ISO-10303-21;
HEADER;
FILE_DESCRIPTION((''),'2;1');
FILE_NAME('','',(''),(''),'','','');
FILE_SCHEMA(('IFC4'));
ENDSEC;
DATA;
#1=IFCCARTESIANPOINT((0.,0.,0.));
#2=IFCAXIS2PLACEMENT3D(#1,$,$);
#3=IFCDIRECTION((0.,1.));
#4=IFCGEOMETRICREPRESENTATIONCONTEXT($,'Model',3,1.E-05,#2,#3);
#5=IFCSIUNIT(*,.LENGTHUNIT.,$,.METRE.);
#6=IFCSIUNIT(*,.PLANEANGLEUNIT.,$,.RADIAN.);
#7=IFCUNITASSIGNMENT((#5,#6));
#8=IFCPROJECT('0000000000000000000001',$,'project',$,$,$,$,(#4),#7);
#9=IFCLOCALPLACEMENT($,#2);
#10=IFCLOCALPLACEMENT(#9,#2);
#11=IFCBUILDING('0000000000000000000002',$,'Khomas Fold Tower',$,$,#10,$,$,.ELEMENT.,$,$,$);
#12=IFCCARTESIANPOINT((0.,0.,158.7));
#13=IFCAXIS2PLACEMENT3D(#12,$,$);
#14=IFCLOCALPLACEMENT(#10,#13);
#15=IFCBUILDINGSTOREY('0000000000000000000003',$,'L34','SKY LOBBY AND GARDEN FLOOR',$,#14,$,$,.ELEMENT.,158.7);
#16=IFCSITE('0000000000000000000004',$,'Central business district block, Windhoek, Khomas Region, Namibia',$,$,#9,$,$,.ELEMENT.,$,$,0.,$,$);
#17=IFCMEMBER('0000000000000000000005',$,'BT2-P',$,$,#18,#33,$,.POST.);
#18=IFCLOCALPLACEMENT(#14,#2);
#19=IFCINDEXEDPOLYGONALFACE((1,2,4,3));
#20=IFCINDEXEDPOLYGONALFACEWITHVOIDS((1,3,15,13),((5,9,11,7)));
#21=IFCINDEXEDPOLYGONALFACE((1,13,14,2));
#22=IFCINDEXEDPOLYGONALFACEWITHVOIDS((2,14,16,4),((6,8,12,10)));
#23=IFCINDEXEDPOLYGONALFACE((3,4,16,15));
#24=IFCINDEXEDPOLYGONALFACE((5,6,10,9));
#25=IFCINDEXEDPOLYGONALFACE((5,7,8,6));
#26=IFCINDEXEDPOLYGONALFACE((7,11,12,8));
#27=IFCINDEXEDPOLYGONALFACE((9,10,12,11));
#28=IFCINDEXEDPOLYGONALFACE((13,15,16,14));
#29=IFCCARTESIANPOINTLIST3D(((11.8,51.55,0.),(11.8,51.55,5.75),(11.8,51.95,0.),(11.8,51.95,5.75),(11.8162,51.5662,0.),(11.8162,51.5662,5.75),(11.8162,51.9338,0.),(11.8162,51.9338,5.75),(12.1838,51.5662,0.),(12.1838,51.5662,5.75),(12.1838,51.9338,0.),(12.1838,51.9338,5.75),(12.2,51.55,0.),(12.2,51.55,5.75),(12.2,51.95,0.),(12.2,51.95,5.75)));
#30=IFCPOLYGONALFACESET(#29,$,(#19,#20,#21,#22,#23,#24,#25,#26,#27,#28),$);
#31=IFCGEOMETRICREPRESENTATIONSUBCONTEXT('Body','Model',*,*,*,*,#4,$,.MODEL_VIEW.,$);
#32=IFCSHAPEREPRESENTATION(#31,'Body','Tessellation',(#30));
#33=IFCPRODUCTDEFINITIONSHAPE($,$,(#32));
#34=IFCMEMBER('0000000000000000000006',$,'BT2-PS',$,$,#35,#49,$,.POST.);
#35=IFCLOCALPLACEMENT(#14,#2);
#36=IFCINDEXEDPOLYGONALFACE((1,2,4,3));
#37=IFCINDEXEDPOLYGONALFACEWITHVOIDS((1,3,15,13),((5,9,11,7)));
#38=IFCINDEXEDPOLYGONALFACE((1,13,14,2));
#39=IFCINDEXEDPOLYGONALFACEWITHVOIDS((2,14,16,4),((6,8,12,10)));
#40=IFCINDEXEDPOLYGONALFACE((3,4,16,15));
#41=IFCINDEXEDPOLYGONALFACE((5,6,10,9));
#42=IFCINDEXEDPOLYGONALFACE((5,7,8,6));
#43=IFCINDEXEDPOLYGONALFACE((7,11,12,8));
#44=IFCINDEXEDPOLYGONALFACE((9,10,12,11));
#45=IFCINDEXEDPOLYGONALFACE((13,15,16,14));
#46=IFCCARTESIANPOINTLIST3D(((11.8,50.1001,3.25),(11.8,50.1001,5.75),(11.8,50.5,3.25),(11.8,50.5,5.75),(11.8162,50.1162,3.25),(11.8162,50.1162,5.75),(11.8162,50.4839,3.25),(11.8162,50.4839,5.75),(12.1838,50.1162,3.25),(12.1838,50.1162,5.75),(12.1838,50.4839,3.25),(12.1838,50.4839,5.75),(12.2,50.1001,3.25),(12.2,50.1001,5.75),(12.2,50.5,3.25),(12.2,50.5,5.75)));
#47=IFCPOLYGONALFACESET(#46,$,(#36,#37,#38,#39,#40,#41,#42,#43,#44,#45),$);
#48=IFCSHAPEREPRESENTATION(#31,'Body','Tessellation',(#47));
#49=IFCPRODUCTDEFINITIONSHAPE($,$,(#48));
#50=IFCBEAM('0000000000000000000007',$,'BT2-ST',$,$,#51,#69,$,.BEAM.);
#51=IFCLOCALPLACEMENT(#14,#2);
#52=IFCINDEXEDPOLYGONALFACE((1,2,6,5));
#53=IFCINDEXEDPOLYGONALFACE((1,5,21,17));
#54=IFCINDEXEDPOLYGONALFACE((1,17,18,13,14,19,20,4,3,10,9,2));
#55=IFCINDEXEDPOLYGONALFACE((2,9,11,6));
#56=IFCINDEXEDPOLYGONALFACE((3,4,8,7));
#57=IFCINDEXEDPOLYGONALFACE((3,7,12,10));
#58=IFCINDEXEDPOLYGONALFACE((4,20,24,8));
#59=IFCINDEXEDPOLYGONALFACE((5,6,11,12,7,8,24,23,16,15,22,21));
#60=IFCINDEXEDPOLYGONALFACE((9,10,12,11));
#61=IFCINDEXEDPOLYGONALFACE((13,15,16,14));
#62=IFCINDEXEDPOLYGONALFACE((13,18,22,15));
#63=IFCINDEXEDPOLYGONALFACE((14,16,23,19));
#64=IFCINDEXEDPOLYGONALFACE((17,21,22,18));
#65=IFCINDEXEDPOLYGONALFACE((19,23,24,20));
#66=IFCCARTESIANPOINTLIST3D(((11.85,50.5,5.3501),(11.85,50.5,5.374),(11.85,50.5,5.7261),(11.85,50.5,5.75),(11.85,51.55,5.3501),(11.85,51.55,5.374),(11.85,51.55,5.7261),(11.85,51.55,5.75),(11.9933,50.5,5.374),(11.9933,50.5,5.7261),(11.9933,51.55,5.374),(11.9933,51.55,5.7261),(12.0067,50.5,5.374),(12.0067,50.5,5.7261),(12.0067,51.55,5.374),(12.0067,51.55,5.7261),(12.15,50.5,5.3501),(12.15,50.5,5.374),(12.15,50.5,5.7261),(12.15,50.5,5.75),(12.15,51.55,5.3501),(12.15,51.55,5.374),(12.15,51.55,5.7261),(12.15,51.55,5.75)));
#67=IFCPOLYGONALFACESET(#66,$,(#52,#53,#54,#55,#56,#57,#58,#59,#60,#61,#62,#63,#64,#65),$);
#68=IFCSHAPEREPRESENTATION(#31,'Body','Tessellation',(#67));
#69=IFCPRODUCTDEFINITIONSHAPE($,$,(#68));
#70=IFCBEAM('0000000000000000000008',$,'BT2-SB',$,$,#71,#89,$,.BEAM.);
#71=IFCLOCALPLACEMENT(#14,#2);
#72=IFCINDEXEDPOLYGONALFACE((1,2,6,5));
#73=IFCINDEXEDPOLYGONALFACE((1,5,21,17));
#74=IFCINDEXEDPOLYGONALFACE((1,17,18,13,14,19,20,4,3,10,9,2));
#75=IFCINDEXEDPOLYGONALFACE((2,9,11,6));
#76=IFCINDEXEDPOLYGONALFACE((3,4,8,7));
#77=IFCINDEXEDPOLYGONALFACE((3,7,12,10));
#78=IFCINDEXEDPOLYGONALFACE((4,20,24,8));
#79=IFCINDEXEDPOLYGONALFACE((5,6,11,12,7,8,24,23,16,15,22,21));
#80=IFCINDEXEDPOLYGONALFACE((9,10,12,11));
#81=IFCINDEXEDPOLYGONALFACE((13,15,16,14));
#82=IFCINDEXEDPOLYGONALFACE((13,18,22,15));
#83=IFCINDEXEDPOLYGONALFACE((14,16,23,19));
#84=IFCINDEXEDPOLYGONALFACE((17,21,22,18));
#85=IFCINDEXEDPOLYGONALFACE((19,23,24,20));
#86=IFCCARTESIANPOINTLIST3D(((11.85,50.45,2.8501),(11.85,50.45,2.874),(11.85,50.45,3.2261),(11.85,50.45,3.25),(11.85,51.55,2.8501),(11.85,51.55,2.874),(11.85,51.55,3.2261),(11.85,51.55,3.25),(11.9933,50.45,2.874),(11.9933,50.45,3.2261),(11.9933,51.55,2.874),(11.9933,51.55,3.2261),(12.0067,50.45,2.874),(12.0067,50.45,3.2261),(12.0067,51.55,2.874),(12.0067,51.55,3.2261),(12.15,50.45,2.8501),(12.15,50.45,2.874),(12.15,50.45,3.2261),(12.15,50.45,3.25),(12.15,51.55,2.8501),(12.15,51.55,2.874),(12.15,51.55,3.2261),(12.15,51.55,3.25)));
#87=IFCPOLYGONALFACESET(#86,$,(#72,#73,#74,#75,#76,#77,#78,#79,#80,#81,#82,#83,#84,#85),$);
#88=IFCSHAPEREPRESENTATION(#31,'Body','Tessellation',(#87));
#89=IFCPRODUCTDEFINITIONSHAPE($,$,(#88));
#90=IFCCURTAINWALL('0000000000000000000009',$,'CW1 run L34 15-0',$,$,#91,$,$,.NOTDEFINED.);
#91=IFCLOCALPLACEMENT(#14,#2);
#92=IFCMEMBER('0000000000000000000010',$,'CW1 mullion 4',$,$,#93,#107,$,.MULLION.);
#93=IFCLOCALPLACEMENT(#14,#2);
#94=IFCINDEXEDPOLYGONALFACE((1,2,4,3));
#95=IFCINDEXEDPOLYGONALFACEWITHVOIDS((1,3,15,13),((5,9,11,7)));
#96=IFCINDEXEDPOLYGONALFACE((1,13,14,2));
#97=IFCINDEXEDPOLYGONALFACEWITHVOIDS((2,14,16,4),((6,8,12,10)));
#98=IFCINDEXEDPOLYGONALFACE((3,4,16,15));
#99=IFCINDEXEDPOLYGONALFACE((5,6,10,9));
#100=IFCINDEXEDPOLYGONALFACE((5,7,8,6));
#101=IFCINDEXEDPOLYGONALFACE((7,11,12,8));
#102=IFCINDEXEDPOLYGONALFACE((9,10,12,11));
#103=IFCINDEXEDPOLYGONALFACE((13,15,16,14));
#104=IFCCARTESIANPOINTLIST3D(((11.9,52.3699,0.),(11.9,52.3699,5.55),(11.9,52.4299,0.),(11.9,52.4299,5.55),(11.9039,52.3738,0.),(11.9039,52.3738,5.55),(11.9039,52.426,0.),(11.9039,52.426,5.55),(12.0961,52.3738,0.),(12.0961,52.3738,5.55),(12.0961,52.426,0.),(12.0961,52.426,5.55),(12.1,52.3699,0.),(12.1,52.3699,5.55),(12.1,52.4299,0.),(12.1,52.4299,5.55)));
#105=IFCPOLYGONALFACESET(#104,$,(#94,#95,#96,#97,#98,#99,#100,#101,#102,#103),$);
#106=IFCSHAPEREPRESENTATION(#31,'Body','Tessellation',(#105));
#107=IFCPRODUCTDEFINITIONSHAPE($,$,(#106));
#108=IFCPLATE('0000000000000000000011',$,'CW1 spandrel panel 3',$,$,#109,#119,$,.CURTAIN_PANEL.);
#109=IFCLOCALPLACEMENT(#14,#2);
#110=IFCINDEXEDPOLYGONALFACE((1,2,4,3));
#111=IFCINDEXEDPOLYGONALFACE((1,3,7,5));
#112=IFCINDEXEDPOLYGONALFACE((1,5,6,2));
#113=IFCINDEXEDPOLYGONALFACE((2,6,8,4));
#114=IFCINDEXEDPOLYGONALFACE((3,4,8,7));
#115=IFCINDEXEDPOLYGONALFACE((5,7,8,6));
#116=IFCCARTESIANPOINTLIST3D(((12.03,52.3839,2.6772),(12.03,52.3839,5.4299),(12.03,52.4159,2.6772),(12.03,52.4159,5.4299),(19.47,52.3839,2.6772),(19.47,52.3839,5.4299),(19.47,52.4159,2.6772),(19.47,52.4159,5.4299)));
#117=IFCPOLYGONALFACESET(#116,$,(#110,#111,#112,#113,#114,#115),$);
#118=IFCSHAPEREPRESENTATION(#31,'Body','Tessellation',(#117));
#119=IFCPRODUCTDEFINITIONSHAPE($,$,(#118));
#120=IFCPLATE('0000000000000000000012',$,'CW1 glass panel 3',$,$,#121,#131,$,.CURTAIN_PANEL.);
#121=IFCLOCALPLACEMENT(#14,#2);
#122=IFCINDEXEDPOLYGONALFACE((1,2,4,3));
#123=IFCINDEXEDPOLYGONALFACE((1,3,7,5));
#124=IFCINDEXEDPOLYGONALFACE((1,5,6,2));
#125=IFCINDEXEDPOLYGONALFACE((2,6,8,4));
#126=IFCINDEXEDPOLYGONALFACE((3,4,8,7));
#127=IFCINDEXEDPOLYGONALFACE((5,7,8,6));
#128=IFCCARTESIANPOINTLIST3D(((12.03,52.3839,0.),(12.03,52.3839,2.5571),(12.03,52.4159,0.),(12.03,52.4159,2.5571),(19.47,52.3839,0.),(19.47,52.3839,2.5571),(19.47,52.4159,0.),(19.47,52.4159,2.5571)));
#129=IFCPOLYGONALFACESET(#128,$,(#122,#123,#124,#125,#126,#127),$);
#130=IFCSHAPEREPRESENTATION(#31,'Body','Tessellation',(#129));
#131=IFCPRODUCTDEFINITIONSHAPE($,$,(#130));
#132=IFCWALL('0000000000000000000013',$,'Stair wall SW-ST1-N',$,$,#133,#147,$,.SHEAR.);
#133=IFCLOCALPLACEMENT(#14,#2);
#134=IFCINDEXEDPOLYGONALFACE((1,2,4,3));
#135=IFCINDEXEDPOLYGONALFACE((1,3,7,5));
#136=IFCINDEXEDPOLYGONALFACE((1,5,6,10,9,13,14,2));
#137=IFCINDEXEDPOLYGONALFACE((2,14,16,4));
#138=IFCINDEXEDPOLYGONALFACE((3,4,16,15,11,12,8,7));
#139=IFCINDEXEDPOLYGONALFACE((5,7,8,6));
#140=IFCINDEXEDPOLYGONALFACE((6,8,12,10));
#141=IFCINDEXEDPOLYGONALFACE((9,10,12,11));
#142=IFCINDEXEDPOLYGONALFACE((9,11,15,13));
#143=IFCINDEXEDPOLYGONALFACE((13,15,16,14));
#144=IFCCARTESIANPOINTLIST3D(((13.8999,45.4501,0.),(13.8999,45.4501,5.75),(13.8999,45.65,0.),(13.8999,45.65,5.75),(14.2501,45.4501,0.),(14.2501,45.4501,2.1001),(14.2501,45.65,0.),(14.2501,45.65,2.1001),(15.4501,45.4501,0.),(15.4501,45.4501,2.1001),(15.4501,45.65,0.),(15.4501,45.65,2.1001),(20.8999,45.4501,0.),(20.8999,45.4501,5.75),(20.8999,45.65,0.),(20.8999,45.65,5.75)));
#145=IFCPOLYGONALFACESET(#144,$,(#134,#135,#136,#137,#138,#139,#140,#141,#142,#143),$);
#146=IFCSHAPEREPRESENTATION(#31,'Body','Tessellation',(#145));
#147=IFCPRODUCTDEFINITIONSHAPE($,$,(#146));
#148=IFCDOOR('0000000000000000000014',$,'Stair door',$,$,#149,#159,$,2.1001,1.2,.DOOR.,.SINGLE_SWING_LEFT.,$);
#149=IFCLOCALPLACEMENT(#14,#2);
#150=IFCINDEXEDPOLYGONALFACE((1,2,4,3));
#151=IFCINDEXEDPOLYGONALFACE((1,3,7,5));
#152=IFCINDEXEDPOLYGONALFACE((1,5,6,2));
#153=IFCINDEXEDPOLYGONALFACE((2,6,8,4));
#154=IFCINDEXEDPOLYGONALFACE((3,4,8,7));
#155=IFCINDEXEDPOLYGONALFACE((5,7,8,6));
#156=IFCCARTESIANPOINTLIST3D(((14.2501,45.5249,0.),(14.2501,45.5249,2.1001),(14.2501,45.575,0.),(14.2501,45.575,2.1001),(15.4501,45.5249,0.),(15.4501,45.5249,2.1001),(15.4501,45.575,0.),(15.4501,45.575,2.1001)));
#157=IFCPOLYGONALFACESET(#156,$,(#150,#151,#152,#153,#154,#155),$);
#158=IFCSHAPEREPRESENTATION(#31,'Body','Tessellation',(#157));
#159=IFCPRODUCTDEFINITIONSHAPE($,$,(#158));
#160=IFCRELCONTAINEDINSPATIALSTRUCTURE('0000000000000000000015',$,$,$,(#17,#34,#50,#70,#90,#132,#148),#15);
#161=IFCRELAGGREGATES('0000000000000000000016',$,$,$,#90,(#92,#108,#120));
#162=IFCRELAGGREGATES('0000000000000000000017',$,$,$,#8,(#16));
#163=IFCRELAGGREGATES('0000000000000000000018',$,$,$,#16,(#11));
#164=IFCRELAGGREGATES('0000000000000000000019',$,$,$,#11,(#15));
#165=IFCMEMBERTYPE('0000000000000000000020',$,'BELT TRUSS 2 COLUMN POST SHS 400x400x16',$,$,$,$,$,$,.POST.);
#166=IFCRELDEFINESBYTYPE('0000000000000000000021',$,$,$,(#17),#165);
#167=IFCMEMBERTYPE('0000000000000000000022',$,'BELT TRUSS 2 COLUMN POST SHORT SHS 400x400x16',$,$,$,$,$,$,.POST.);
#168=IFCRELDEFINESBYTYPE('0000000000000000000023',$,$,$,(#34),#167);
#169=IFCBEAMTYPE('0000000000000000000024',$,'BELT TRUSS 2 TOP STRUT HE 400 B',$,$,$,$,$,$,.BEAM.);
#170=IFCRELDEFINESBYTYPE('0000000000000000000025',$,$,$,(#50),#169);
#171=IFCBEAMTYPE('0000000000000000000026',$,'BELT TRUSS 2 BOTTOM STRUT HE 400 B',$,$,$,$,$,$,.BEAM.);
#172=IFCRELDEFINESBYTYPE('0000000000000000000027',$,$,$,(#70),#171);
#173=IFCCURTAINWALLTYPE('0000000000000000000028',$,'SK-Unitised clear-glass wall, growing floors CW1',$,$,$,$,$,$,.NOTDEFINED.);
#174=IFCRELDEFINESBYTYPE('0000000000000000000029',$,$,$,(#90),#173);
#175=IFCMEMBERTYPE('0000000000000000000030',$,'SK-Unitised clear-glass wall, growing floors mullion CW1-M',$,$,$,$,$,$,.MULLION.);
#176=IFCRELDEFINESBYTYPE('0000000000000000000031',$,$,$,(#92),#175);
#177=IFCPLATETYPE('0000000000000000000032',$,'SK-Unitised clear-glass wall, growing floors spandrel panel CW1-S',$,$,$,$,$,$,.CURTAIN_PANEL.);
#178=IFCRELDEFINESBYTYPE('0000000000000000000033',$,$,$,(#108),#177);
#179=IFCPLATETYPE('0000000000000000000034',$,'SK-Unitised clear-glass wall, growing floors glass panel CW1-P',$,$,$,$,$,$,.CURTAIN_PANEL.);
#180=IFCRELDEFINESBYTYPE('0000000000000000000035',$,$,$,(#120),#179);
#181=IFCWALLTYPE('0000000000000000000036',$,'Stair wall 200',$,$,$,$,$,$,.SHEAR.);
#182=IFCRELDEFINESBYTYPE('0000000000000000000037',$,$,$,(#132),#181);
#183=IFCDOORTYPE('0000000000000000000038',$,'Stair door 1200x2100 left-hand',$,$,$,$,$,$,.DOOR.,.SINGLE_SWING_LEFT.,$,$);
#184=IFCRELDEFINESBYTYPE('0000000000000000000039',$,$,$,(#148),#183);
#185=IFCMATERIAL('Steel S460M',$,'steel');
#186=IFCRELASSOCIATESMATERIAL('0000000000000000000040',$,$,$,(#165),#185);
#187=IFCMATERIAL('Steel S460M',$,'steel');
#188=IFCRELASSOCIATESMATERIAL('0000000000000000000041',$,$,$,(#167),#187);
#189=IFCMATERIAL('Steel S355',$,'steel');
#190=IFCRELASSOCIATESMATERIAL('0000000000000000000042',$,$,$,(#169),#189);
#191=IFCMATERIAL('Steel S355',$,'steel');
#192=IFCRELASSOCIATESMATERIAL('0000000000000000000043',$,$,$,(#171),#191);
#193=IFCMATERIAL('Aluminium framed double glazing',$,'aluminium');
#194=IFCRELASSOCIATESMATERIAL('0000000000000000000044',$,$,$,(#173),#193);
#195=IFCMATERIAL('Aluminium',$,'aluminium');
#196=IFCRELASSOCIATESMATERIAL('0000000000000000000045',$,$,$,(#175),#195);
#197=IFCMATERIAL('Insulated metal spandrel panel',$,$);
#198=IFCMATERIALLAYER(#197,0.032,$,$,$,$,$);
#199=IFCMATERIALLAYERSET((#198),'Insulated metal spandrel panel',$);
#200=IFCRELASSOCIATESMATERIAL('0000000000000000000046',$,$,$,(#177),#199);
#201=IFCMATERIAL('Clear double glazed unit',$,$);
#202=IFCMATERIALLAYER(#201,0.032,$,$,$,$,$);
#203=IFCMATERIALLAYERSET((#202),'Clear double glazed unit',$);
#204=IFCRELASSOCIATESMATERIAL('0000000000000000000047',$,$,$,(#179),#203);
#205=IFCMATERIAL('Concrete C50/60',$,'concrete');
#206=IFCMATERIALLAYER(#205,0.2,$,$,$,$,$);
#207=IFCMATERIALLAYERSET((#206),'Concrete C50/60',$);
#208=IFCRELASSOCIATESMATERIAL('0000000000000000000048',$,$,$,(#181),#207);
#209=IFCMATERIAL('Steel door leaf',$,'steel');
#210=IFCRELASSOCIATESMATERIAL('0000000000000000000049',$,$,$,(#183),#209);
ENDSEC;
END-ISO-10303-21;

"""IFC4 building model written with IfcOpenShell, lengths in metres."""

from ifc_helpers import new_model, si_unit, direction, frame, frame_2d, origin, origin_2d, place, context, subcontext, project, spatial, rectangle, hollow_rectangle, i_section, extrude, source, transform, mapped, material, layer, layer_set, material_profile, profile_set, type_object, element, fill, aggregate, save


model = new_model("IFC4")

# Units and contexts
model_context = context("Model", 3, precision=1e-05, world=origin(), true_north=direction((0.0, 1.0)))
body_context = subcontext(model_context, "Body", "Model", "MODEL_VIEW")
ifc_project = project(units=[si_unit("LENGTHUNIT", "METRE"), si_unit("PLANEANGLEUNIT", "RADIAN")], contexts=[model_context])

# Site, building, storey
site_placement = place(None, origin())
site = spatial("IfcSite", under=ifc_project, at=site_placement, Name="Central business district block, Windhoek, Khomas Region, Namibia", CompositionType="ELEMENT", RefElevation=0.0)
building_placement = place(site_placement, origin())
building = spatial("IfcBuilding", under=site, at=building_placement, Name="Khomas Fold Tower", CompositionType="ELEMENT")
storey_placement = place(building_placement, frame((0.0, 0.0, 158.7)))
storey = spatial("IfcBuildingStorey", under=building, at=storey_placement, Name="L34", Description="SKY LOBBY AND GARDEN FLOOR", CompositionType="ELEMENT", Elevation=158.7)

# Members
ifc_material_1 = material(Name="Steel S460M", Category="steel")
ifc_material_profile_1 = material_profile(ifc_material_1, hollow_rectangle(XDim=0.3999, YDim=0.3999, WallThickness=0.0161, at=origin_2d()), Name="SHS 400x400x16")
ifc_profile_set_1 = profile_set([ifc_material_profile_1], Name="Steel S460M")
member_type_1 = type_object("IfcMemberType", Name="BELT TRUSS 2 COLUMN POST SHS 400x400x16", PredefinedType="POST", material=ifc_profile_set_1)
shared_shape_1 = source(origin(), body_context, "Body", "SweptSolid", [
    extrude(hollow_rectangle(XDim=0.3999, YDim=0.3999, WallThickness=0.0161, at=origin_2d()), origin(), (0.0, 0.0, 1.0), 5.75),
])
member_1_placement = place(storey_placement, frame((12.0, 51.75, 0.0), z_axis=(0.0, 0.0, 1.0), x_axis=(1.0, 0.0, 0.0)))
element("IfcMember", 1, at=member_1_placement, inside=storey, type_object=member_type_1, Name="BT2-P", PredefinedType="POST", context=body_context, shape_type="MappedRepresentation", body=[
    mapped(shared_shape_1, transform((0.0, 0.0, 0.0))),
])
ifc_material_2 = material(Name="Steel S460M", Category="steel")
ifc_material_profile_2 = material_profile(ifc_material_2, hollow_rectangle(XDim=0.3999, YDim=0.3999, WallThickness=0.0161, at=origin_2d()), Name="SHS 400x400x16")
ifc_profile_set_2 = profile_set([ifc_material_profile_2], Name="Steel S460M")
member_type_2 = type_object("IfcMemberType", Name="BELT TRUSS 2 COLUMN POST SHORT SHS 400x400x16", PredefinedType="POST", material=ifc_profile_set_2)
shared_shape_2 = source(origin(), body_context, "Body", "SweptSolid", [
    extrude(hollow_rectangle(XDim=0.3999, YDim=0.3999, WallThickness=0.0161, at=origin_2d()), origin(), (0.0, 0.0, 1.0), 2.5),
])
member_2_placement = place(storey_placement, frame((12.0, 50.3, 3.25), z_axis=(0.0, 0.0, 1.0), x_axis=(1.0, 0.0, 0.0)))
element("IfcMember", 2, at=member_2_placement, inside=storey, type_object=member_type_2, Name="BT2-PS", PredefinedType="POST", context=body_context, shape_type="MappedRepresentation", body=[
    mapped(shared_shape_2, transform((0.0, 0.0, 0.0))),
])

# Beams
ifc_material_3 = material(Name="Steel S355", Category="steel")
ifc_material_profile_3 = material_profile(ifc_material_3, i_section(OverallWidth=0.3, OverallDepth=0.3999, WebThickness=0.0134, FlangeThickness=0.0239, at=origin_2d()), Name="HE 400 B")
ifc_profile_set_3 = profile_set([ifc_material_profile_3], Name="Steel S355")
beam_type_1 = type_object("IfcBeamType", Name="BELT TRUSS 2 TOP STRUT HE 400 B", PredefinedType="BEAM", material=ifc_profile_set_3)
shared_shape_3 = source(origin(), body_context, "Body", "SweptSolid", [
    extrude(i_section(OverallWidth=0.3, OverallDepth=0.3999, WebThickness=0.0134, FlangeThickness=0.0239, at=origin_2d()), origin(), (0.0, 0.0, 1.0), 1.05),
])
beam_1_placement = place(storey_placement, frame((12.0, 50.5, 5.55), z_axis=(0.0, 1.0, 0.0), x_axis=(-1.0, 0.0, 0.0)))
element("IfcBeam", 3, at=beam_1_placement, inside=storey, type_object=beam_type_1, Name="BT2-ST", PredefinedType="BEAM", context=body_context, shape_type="MappedRepresentation", body=[
    mapped(shared_shape_3, transform((0.0, 0.0, 0.0))),
])
ifc_material_4 = material(Name="Steel S355", Category="steel")
ifc_material_profile_4 = material_profile(ifc_material_4, i_section(OverallWidth=0.3, OverallDepth=0.3999, WebThickness=0.0134, FlangeThickness=0.0239, at=origin_2d()), Name="HE 400 B")
ifc_profile_set_4 = profile_set([ifc_material_profile_4], Name="Steel S355")
beam_type_2 = type_object("IfcBeamType", Name="BELT TRUSS 2 BOTTOM STRUT HE 400 B", PredefinedType="BEAM", material=ifc_profile_set_4)
shared_shape_4 = source(origin(), body_context, "Body", "SweptSolid", [
    extrude(i_section(OverallWidth=0.3, OverallDepth=0.3999, WebThickness=0.0134, FlangeThickness=0.0239, at=origin_2d()), origin(), (0.0, 0.0, 1.0), 1.1001),
])
beam_2_placement = place(storey_placement, frame((12.0, 50.45, 3.05), z_axis=(0.0, 1.0, 0.0), x_axis=(-1.0, 0.0, 0.0)))
element("IfcBeam", 4, at=beam_2_placement, inside=storey, type_object=beam_type_2, Name="BT2-SB", PredefinedType="BEAM", context=body_context, shape_type="MappedRepresentation", body=[
    mapped(shared_shape_4, transform((0.0, 0.0, 0.0))),
])

# Curtain wall, member, plates
ifc_material_5 = material(Name="Aluminium framed double glazing", Category="aluminium")
curtain_wall_type = type_object("IfcCurtainWallType", Name="SK-Unitised clear-glass wall, growing floors CW1", PredefinedType="NOTDEFINED", material=ifc_material_5)
curtain_wall_placement = place(storey_placement, origin())
curtain_wall = element("IfcCurtainWall", 5, at=curtain_wall_placement, inside=storey, type_object=curtain_wall_type, Name="CW1 run L34 15-0", PredefinedType="NOTDEFINED")
ifc_material_6 = material(Name="Aluminium", Category="aluminium")
ifc_material_profile_5 = material_profile(ifc_material_6, hollow_rectangle(XDim=0.0601, YDim=0.2, WallThickness=0.0039, at=origin_2d()), Name="SK-Unitised clear-glass wall, growing floors mullion CW1-M")
ifc_profile_set_5 = profile_set([ifc_material_profile_5], Name="Aluminium")
member_type_3 = type_object("IfcMemberType", Name="SK-Unitised clear-glass wall, growing floors mullion CW1-M", PredefinedType="MULLION", material=ifc_profile_set_5)
shared_shape_5 = source(origin(), body_context, "Body", "SweptSolid", [
    extrude(hollow_rectangle(XDim=0.0601, YDim=0.2, WallThickness=0.0039, at=origin_2d()), origin(), (0.0, 0.0, 1.0), 5.55),
])
member_3_placement = place(storey_placement, frame((12.0, 52.3999, 0.0), z_axis=(0.0, 0.0, 1.0), x_axis=(0.0, -1.0, 0.0)))
member_3 = element("IfcMember", 6, at=member_3_placement, type_object=member_type_3, Name="CW1 mullion 4", PredefinedType="MULLION", context=body_context, shape_type="MappedRepresentation", body=[
    mapped(shared_shape_5, transform((0.0, 0.0, 0.0))),
])
ifc_material_7 = material(Name="Insulated metal spandrel panel")
ifc_layer_1 = layer(ifc_material_7, 0.032)
ifc_layer_set_1 = layer_set([ifc_layer_1], Name="Insulated metal spandrel panel")
plate_type_1 = type_object("IfcPlateType", Name="SK-Unitised clear-glass wall, growing floors spandrel panel CW1-S", PredefinedType="CURTAIN_PANEL", material=ifc_layer_set_1)
shared_shape_6 = source(origin(), body_context, "Body", "SweptSolid", [
    extrude(rectangle(XDim=7.4399, YDim=0.032, at=origin_2d()), origin(), (0.0, 0.0, 1.0), 2.7527),
])
plate_1_placement = place(storey_placement, frame((15.75, 52.3999, 2.6772), z_axis=(0.0, 0.0, 1.0), x_axis=(-1.0, 0.0, 0.0)))
plate_1 = element("IfcPlate", 7, at=plate_1_placement, type_object=plate_type_1, Name="CW1 spandrel panel 3", PredefinedType="CURTAIN_PANEL", context=body_context, shape_type="MappedRepresentation", body=[
    mapped(shared_shape_6, transform((0.0, 0.0, 0.0))),
])
ifc_material_8 = material(Name="Clear double glazed unit")
ifc_layer_2 = layer(ifc_material_8, 0.032)
ifc_layer_set_2 = layer_set([ifc_layer_2], Name="Clear double glazed unit")
plate_type_2 = type_object("IfcPlateType", Name="SK-Unitised clear-glass wall, growing floors glass panel CW1-P", PredefinedType="CURTAIN_PANEL", material=ifc_layer_set_2)
shared_shape_7 = source(origin(), body_context, "Body", "SweptSolid", [
    extrude(rectangle(XDim=7.4399, YDim=0.032, at=origin_2d()), origin(), (0.0, 0.0, 1.0), 2.5571),
])
plate_2_placement = place(storey_placement, frame((15.75, 52.3999, 0.0), z_axis=(0.0, 0.0, 1.0), x_axis=(-1.0, 0.0, 0.0)))
plate_2 = element("IfcPlate", 8, at=plate_2_placement, type_object=plate_type_2, Name="CW1 glass panel 3", PredefinedType="CURTAIN_PANEL", context=body_context, shape_type="MappedRepresentation", body=[
    mapped(shared_shape_7, transform((0.0, 0.0, 0.0))),
])
aggregate(curtain_wall, [member_3, plate_1, plate_2])

# Wall, opening, door
ifc_material_9 = material(Name="Concrete C50/60", Category="concrete")
ifc_layer_3 = layer(ifc_material_9, 0.2)
ifc_layer_set_3 = layer_set([ifc_layer_3], Name="Concrete C50/60")
wall_type = type_object("IfcWallType", Name="Stair wall 200", PredefinedType="SHEAR", material=ifc_layer_set_3)
shared_shape_8 = source(origin(), body_context, "Body", "SweptSolid", [
    extrude(rectangle(XDim=7.0, YDim=0.2, at=frame_2d((3.5, 0.0))), origin(), (0.0, 0.0, 1.0), 5.75),
])
wall_placement = place(storey_placement, frame((13.8999, 45.55, 0.0), z_axis=(0.0, 0.0, 1.0), x_axis=(1.0, 0.0, 0.0)))
wall = element("IfcWall", 9, at=wall_placement, inside=storey, type_object=wall_type, Name="Stair wall SW-ST1-N", PredefinedType="SHEAR", context=body_context, shape_type="MappedRepresentation", body=[
    mapped(shared_shape_8, transform((0.0, 0.0, 0.0))),
])
shared_shape_9 = source(origin(), body_context, "Body", "SweptSolid", [
    extrude(rectangle(XDim=1.2, YDim=2.1001, at=frame_2d((0.6001, 1.05))), frame((0.0, 0.1099, 0.0), z_axis=(0.0, -1.0, 0.0), x_axis=(1.0, 0.0, 0.0)), (0.0, 0.0, 1.0), 0.22),
])
opening_placement = place(wall_placement, frame((0.3501, 0.0, 0.0)))
opening = element("IfcOpeningElement", 10, at=opening_placement, cuts=wall, PredefinedType="OPENING", context=body_context, shape_type="MappedRepresentation", body=[
    mapped(shared_shape_9, transform((0.0, 0.0, 0.0))),
])
ifc_material_10 = material(Name="Steel door leaf", Category="steel")
door_type = type_object("IfcDoorType", Name="Stair door 1200x2100 left-hand", OperationType="SINGLE_SWING_LEFT", PredefinedType="DOOR", material=ifc_material_10)
shared_shape_10 = source(origin(), body_context, "Body", "SweptSolid", [
    extrude(rectangle(XDim=1.2, YDim=2.1001, at=frame_2d((0.6001, 1.05))), frame((0.0, 0.0249, 0.0), z_axis=(0.0, -1.0, 0.0), x_axis=(1.0, 0.0, 0.0)), (0.0, 0.0, 1.0), 0.05),
])
door_placement = place(opening_placement, origin())
door = element("IfcDoor", 11, at=door_placement, inside=storey, type_object=door_type, Name="Stair door", OperationType="SINGLE_SWING_LEFT", OverallHeight=2.1001, OverallWidth=1.2, PredefinedType="DOOR", context=body_context, shape_type="MappedRepresentation", body=[
    mapped(shared_shape_10, transform((0.0, 0.0, 0.0))),
])
fill(opening, door)

save(model, "model.ifc")
